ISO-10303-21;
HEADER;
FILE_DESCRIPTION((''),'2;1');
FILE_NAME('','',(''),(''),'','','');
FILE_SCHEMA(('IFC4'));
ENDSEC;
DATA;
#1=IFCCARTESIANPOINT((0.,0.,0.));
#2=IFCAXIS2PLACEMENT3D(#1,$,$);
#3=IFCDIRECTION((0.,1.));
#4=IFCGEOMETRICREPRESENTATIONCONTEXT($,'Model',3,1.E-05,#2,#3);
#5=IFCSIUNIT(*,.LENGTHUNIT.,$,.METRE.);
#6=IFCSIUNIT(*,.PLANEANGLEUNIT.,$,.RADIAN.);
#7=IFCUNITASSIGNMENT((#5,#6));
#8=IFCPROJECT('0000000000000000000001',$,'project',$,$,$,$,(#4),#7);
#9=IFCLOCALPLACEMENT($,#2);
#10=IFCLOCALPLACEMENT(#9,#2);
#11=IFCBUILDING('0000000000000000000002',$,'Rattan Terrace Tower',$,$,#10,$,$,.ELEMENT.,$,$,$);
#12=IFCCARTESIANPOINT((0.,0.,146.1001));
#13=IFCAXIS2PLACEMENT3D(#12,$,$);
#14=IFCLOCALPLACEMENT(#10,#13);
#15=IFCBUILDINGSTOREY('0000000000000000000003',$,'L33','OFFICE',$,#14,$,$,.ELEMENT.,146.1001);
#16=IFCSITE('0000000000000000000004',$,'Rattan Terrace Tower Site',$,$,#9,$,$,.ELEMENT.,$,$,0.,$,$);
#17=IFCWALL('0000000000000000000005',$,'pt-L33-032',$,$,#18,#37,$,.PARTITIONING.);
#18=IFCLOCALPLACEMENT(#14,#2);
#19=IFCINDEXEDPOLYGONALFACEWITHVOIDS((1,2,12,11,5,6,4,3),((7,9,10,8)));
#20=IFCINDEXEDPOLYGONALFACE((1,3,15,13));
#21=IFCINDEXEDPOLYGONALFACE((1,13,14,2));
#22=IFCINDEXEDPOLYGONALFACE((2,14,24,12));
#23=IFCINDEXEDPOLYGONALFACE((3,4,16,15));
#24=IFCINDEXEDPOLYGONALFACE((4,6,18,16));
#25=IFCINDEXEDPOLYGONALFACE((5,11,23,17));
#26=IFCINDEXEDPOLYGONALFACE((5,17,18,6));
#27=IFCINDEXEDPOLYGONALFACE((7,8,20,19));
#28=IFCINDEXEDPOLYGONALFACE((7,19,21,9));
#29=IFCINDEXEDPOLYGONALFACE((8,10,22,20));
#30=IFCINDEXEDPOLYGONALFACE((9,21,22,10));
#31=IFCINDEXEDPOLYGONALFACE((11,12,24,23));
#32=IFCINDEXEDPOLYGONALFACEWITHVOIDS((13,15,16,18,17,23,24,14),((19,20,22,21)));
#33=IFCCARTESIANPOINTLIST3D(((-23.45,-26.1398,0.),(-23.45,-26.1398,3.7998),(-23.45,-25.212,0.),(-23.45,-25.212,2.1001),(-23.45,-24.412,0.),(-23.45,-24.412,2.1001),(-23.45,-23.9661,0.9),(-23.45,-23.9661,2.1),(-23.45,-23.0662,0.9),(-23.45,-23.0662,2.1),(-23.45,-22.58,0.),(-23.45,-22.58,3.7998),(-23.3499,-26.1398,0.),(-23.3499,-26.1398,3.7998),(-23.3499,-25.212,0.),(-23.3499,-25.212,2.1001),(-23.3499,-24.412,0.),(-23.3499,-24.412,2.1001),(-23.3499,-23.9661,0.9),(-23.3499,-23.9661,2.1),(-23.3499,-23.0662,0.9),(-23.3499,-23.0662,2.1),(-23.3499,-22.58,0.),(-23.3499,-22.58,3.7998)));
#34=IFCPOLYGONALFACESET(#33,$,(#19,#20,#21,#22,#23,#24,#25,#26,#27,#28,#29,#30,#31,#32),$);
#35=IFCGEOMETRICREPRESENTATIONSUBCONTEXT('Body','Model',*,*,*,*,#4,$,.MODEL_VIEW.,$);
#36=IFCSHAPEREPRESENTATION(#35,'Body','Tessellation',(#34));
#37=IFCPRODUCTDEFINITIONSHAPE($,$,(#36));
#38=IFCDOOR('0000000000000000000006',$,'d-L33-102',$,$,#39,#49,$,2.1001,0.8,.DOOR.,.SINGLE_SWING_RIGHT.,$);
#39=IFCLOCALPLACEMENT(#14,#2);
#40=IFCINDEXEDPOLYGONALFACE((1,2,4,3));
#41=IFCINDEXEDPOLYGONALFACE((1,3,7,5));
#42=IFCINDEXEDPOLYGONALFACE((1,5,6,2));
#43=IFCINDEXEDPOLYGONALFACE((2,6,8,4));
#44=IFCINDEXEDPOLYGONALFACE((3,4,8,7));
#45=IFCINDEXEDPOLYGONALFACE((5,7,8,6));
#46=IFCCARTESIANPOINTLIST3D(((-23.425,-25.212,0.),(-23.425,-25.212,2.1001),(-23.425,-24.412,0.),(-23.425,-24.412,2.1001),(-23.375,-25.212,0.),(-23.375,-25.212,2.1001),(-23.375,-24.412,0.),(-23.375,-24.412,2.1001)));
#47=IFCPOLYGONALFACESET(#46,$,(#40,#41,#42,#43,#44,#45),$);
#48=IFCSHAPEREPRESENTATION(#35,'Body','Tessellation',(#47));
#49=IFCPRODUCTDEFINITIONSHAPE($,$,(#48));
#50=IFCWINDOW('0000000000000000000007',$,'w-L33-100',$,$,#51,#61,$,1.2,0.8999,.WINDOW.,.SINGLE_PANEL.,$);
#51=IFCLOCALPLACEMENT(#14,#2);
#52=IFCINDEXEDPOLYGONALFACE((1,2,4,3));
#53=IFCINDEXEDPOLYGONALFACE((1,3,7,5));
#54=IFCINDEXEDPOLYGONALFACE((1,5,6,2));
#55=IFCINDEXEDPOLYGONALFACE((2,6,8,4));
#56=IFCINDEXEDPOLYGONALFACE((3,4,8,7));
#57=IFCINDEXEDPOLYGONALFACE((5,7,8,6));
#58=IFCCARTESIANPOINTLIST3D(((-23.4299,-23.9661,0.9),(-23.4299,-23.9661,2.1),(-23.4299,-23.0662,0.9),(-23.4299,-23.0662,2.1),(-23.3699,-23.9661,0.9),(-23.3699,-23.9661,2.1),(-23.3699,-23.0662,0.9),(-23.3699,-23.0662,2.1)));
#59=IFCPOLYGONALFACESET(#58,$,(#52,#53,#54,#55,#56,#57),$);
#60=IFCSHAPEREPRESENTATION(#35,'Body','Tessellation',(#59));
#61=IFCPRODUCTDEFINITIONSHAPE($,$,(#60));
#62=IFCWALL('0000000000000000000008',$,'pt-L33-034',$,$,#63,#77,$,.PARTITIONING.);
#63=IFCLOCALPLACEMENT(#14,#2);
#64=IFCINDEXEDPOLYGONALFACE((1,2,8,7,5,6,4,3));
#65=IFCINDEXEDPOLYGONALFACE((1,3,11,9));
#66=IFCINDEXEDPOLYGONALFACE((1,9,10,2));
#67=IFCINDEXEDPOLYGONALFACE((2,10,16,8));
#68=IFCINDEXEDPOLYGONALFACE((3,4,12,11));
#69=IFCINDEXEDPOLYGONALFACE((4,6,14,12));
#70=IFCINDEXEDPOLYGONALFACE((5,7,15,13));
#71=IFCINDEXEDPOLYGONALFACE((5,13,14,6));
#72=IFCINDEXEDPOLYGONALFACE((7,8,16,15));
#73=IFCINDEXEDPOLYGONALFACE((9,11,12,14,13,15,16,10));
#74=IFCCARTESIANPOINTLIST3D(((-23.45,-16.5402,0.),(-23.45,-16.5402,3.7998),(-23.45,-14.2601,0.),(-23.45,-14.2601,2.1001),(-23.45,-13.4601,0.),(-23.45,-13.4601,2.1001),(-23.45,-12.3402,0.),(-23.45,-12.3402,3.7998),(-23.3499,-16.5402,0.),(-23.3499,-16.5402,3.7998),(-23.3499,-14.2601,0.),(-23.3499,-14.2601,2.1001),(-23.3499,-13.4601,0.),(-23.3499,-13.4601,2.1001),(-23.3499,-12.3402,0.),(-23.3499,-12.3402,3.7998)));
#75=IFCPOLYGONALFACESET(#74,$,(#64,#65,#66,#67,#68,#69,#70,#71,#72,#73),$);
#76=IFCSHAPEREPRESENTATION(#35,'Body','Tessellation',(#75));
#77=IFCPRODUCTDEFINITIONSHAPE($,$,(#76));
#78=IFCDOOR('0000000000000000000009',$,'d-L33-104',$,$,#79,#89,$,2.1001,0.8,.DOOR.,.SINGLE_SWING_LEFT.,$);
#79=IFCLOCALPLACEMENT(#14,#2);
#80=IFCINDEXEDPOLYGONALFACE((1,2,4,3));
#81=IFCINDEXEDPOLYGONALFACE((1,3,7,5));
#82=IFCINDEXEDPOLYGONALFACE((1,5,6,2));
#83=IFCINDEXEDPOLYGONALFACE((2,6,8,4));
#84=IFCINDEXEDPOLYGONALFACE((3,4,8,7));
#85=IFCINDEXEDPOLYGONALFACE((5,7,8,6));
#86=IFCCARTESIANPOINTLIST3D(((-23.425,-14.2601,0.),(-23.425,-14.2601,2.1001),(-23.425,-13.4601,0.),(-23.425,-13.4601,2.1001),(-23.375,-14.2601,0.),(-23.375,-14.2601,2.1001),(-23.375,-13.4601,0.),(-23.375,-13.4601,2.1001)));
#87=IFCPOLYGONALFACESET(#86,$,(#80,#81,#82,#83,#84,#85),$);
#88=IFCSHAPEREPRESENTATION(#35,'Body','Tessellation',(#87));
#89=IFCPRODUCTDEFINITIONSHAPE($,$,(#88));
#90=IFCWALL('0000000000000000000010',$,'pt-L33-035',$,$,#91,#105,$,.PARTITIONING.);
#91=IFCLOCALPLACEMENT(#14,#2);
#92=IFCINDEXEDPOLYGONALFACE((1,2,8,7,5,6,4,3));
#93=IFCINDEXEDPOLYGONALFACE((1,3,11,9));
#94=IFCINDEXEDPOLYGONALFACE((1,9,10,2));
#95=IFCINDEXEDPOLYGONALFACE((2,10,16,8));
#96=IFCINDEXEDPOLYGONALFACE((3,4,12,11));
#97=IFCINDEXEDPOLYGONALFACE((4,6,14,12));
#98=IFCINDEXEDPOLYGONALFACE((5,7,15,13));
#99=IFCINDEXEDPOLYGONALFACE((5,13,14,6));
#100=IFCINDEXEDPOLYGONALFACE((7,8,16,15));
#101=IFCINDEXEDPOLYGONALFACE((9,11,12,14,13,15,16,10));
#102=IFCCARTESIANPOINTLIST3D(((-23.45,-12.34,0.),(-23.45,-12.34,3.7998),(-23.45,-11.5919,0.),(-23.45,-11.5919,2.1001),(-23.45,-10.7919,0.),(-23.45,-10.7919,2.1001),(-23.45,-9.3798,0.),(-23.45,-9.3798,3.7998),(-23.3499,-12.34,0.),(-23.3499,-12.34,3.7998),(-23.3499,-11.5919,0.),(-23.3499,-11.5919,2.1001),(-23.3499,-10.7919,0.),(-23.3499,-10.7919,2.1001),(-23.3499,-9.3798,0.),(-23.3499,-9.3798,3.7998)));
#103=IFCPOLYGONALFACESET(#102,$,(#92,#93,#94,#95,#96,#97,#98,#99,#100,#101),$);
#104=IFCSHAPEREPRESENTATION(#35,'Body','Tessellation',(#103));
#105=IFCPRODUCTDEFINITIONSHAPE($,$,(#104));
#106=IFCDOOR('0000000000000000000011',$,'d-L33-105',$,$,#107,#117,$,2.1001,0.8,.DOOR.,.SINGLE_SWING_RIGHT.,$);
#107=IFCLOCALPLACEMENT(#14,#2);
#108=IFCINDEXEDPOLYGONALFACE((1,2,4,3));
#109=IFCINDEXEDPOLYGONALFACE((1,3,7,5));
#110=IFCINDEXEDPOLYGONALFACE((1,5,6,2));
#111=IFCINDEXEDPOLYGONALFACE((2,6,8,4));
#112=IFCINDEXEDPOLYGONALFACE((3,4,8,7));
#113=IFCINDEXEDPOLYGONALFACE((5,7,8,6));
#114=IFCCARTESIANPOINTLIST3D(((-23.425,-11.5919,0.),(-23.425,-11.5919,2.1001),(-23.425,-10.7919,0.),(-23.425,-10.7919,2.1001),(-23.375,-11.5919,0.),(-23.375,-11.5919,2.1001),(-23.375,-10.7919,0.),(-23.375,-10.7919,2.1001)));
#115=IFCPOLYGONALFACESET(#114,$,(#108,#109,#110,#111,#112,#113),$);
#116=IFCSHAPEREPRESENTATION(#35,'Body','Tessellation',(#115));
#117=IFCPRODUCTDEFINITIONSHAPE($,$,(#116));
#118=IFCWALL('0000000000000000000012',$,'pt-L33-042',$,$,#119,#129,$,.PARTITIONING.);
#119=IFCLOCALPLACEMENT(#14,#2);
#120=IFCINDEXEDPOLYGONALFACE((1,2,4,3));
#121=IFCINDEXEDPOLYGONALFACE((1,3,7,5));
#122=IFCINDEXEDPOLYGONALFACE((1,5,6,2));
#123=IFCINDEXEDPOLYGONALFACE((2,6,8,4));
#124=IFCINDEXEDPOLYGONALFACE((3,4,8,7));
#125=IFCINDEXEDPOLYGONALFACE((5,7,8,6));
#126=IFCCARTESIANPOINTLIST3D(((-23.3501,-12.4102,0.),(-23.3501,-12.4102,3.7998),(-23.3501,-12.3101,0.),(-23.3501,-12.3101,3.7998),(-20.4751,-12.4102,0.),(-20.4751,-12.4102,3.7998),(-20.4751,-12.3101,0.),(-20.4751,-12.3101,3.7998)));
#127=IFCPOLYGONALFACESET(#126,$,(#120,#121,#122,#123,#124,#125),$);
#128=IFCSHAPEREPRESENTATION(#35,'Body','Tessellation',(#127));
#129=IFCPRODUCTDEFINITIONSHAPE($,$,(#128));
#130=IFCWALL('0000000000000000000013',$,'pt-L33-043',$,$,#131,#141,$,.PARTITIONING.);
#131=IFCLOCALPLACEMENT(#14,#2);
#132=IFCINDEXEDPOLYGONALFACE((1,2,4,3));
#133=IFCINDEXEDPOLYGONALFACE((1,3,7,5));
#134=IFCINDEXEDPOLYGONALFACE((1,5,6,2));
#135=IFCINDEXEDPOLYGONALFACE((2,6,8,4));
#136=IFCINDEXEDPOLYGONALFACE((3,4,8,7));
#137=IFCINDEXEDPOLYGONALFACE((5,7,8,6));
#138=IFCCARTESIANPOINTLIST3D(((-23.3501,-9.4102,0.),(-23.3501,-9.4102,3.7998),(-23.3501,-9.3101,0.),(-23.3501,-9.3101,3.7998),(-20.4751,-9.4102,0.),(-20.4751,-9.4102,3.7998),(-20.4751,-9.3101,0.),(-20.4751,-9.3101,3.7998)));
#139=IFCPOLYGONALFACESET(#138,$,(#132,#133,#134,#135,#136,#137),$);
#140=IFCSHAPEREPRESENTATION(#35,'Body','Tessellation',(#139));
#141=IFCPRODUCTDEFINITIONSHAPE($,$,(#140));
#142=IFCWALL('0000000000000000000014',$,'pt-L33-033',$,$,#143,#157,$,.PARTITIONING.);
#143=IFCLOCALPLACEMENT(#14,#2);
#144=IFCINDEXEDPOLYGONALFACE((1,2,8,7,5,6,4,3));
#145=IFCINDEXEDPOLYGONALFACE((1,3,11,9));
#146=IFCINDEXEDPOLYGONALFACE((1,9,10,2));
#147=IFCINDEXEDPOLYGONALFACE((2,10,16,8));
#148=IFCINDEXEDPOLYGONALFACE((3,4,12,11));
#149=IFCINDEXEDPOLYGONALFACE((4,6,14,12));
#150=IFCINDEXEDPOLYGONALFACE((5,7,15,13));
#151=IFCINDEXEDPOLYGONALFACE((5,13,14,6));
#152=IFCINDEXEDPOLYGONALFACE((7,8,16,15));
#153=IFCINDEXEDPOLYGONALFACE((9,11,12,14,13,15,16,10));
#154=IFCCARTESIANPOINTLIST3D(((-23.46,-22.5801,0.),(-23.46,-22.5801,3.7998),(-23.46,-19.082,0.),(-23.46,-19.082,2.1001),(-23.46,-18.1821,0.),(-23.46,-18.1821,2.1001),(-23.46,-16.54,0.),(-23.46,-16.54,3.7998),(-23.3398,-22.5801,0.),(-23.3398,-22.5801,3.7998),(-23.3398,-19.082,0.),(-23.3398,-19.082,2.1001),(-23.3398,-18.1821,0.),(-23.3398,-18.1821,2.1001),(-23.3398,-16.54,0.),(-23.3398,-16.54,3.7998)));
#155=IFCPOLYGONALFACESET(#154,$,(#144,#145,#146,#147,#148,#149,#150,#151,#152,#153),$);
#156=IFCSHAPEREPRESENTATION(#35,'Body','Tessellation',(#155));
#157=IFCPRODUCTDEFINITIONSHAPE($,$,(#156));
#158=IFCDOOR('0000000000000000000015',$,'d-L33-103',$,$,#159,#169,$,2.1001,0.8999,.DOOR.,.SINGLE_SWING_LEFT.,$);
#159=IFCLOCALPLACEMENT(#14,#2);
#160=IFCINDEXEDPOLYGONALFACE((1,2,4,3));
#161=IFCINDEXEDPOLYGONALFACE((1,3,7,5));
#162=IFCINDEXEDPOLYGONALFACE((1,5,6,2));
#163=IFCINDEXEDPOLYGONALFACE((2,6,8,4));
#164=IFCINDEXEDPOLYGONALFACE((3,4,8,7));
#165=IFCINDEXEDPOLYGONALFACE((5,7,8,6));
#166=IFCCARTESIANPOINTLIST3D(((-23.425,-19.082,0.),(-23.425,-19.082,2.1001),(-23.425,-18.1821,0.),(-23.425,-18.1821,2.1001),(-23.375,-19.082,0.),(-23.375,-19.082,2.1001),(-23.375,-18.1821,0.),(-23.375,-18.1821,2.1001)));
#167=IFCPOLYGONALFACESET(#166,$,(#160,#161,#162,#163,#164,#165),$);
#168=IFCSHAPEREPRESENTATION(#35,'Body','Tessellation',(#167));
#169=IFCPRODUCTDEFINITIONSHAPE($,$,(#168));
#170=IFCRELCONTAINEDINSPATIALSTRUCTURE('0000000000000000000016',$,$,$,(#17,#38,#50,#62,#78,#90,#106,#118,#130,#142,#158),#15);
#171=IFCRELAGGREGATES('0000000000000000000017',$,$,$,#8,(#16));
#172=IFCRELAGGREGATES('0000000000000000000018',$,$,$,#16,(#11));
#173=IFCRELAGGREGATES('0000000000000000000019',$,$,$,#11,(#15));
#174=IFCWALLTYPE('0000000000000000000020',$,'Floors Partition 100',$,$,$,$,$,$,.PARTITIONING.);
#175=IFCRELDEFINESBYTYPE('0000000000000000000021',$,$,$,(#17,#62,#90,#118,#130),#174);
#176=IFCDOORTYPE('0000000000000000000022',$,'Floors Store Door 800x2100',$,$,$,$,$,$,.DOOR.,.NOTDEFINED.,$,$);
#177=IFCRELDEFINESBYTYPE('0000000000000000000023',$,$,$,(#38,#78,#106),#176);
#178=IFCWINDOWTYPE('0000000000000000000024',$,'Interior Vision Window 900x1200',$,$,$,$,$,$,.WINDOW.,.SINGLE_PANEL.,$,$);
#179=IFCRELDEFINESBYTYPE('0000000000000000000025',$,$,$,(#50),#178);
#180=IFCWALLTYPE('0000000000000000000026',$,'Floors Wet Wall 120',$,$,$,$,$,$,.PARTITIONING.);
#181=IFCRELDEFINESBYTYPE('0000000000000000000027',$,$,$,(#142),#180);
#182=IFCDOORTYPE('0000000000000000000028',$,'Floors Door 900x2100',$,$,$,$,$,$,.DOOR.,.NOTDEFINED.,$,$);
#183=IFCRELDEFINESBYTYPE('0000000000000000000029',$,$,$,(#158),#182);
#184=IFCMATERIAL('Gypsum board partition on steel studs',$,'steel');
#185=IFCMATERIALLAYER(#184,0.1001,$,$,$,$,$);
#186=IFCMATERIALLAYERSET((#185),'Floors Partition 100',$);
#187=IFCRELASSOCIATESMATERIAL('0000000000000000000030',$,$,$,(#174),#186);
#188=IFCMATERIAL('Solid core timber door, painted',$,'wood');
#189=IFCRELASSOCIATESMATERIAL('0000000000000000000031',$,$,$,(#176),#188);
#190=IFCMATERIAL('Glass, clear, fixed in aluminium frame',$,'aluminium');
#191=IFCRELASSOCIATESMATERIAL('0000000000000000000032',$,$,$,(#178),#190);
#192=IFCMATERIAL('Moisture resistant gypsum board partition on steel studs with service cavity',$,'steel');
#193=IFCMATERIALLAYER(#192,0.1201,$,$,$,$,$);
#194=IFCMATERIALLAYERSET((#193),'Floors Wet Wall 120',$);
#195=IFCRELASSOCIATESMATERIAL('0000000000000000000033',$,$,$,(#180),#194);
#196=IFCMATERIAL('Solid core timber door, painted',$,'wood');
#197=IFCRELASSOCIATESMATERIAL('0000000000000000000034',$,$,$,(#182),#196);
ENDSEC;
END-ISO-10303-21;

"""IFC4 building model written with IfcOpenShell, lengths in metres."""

from ifc_helpers import new_model, si_unit, direction, frame, frame_2d, origin, place, context, subcontext, project, spatial, rectangle, extrude, material, layer, layer_set, type_object, element, fill, save


model = new_model("IFC4")

# Units and contexts
model_context = context("Model", 3, precision=1e-05, world=origin(), true_north=direction((0.0, 1.0)))
body_context = subcontext(model_context, "Body", "Model", "MODEL_VIEW")
ifc_project = project(units=[si_unit("LENGTHUNIT", "METRE"), si_unit("PLANEANGLEUNIT", "RADIAN")], contexts=[model_context])

# Site, building, storey
site_placement = place(None, origin())
site = spatial("IfcSite", under=ifc_project, at=site_placement, Name="Rattan Terrace Tower Site", CompositionType="ELEMENT", RefElevation=0.0)
building_placement = place(site_placement, origin())
building = spatial("IfcBuilding", under=site, at=building_placement, Name="Rattan Terrace Tower", CompositionType="ELEMENT")
storey_placement = place(building_placement, frame((0.0, 0.0, 146.1001)))
storey = spatial("IfcBuildingStorey", under=building, at=storey_placement, Name="L33", Description="OFFICE", CompositionType="ELEMENT", Elevation=146.1001)

# Wall, openings, door, window
ifc_material_1 = material(Name="Gypsum board partition on steel studs", Category="steel")
ifc_layer_1 = layer(ifc_material_1, 0.1001)
ifc_layer_set_1 = layer_set([ifc_layer_1], Name="Floors Partition 100")
wall_type_1 = type_object("IfcWallType", Name="Floors Partition 100", PredefinedType="PARTITIONING", material=ifc_layer_set_1)
wall_1_placement = place(storey_placement, frame((-23.3999, -22.5801, 0.0), z_axis=(0.0, 0.0, 1.0), x_axis=(0.0, -1.0, 0.0)))
wall_1 = element("IfcWall", 1, at=wall_1_placement, inside=storey, type_object=wall_type_1, Name="pt-L33-032", PredefinedType="PARTITIONING", context=body_context, shape_type="SweptSolid", body=[
    extrude(rectangle(XDim=3.5598, YDim=0.1001, at=frame_2d((1.7798, 0.0))), origin(), (0.0, 0.0, 1.0), 3.7998),
])
opening_1_placement = place(wall_1_placement, frame((1.832, 0.0, 0.0)))
opening_1 = element("IfcOpeningElement", 2, at=opening_1_placement, cuts=wall_1, PredefinedType="OPENING", context=body_context, shape_type="SweptSolid", body=[
    extrude(rectangle(XDim=0.8, YDim=2.1001, at=frame_2d((0.3999, 1.05))), frame((0.0, 0.0605, 0.0), z_axis=(0.0, -1.0, 0.0), x_axis=(1.0, 0.0, 0.0)), (0.0, 0.0, 1.0), 0.1211),
])
opening_2_placement = place(wall_1_placement, frame((0.4861, 0.0, 0.8999)))
opening_2 = element("IfcOpeningElement", 3, at=opening_2_placement, cuts=wall_1, PredefinedType="OPENING", context=body_context, shape_type="SweptSolid", body=[
    extrude(rectangle(XDim=0.8999, YDim=1.2, at=frame_2d((0.45, 0.6001))), frame((0.0, 0.0605, 0.0), z_axis=(0.0, -1.0, 0.0), x_axis=(1.0, 0.0, 0.0)), (0.0, 0.0, 1.0), 0.1211),
])
ifc_material_2 = material(Name="Solid core timber door, painted", Category="wood")
door_type_1 = type_object("IfcDoorType", Name="Floors Store Door 800x2100", OperationType="NOTDEFINED", PredefinedType="DOOR", material=ifc_material_2)
door_1_placement = place(opening_1_placement, origin())
door_1 = element("IfcDoor", 4, at=door_1_placement, inside=storey, type_object=door_type_1, Name="d-L33-102", OperationType="SINGLE_SWING_RIGHT", OverallHeight=2.1001, OverallWidth=0.8, PredefinedType="DOOR", context=body_context, shape_type="SweptSolid", body=[
    extrude(rectangle(XDim=0.8, YDim=2.1001, at=frame_2d((0.3999, 1.05))), frame((0.0, 0.0249, 0.0), z_axis=(0.0, -1.0, 0.0), x_axis=(1.0, 0.0, 0.0)), (0.0, 0.0, 1.0), 0.05),
])
fill(opening_1, door_1)
ifc_material_3 = material(Name="Glass, clear, fixed in aluminium frame", Category="aluminium")
window_type = type_object("IfcWindowType", Name="Interior Vision Window 900x1200", PartitioningType="SINGLE_PANEL", PredefinedType="WINDOW", material=ifc_material_3)
window_placement = place(opening_2_placement, origin())
window = element("IfcWindow", 5, at=window_placement, inside=storey, type_object=window_type, Name="w-L33-100", OverallHeight=1.2, OverallWidth=0.8999, PartitioningType="SINGLE_PANEL", PredefinedType="WINDOW", context=body_context, shape_type="SweptSolid", body=[
    extrude(rectangle(XDim=0.8999, YDim=1.2, at=frame_2d((0.45, 0.6001))), frame((0.0, 0.03, 0.0), z_axis=(0.0, -1.0, 0.0), x_axis=(1.0, 0.0, 0.0)), (0.0, 0.0, 1.0), 0.0601),
])
fill(opening_2, window)

# Walls, openings, doors
wall_2_placement = place(storey_placement, frame((-23.3999, -12.3401, 0.0), z_axis=(0.0, 0.0, 1.0), x_axis=(0.0, -1.0, 0.0)))
wall_2 = element("IfcWall", 6, at=wall_2_placement, inside=storey, type_object=wall_type_1, Name="pt-L33-034", PredefinedType="PARTITIONING", context=body_context, shape_type="SweptSolid", body=[
    extrude(rectangle(XDim=4.2, YDim=0.1001, at=frame_2d((2.1001, 0.0))), origin(), (0.0, 0.0, 1.0), 3.7998),
])
opening_3_placement = place(wall_2_placement, frame((1.1201, 0.0, 0.0)))
opening_3 = element("IfcOpeningElement", 7, at=opening_3_placement, cuts=wall_2, PredefinedType="OPENING", context=body_context, shape_type="SweptSolid", body=[
    extrude(rectangle(XDim=0.8, YDim=2.1001, at=frame_2d((0.3999, 1.05))), frame((0.0, 0.0605, 0.0), z_axis=(0.0, -1.0, 0.0), x_axis=(1.0, 0.0, 0.0)), (0.0, 0.0, 1.0), 0.1211),
])
door_2_placement = place(opening_3_placement, origin())
door_2 = element("IfcDoor", 8, at=door_2_placement, inside=storey, type_object=door_type_1, Name="d-L33-104", OperationType="SINGLE_SWING_LEFT", OverallHeight=2.1001, OverallWidth=0.8, PredefinedType="DOOR", context=body_context, shape_type="SweptSolid", body=[
    extrude(rectangle(XDim=0.8, YDim=2.1001, at=frame_2d((0.3999, 1.05))), frame((0.0, 0.0249, 0.0), z_axis=(0.0, -1.0, 0.0), x_axis=(1.0, 0.0, 0.0)), (0.0, 0.0, 1.0), 0.05),
])
fill(opening_3, door_2)
wall_3_placement = place(storey_placement, frame((-23.3999, -9.3799, 0.0), z_axis=(0.0, 0.0, 1.0), x_axis=(0.0, -1.0, 0.0)))
wall_3 = element("IfcWall", 9, at=wall_3_placement, inside=storey, type_object=wall_type_1, Name="pt-L33-035", PredefinedType="PARTITIONING", context=body_context, shape_type="SweptSolid", body=[
    extrude(rectangle(XDim=2.9602, YDim=0.1001, at=frame_2d((1.48, 0.0))), origin(), (0.0, 0.0, 1.0), 3.7998),
])
opening_4_placement = place(wall_3_placement, frame((1.4121, 0.0, 0.0)))
opening_4 = element("IfcOpeningElement", 10, at=opening_4_placement, cuts=wall_3, PredefinedType="OPENING", context=body_context, shape_type="SweptSolid", body=[
    extrude(rectangle(XDim=0.8, YDim=2.1001, at=frame_2d((0.3999, 1.05))), frame((0.0, 0.0605, 0.0), z_axis=(0.0, -1.0, 0.0), x_axis=(1.0, 0.0, 0.0)), (0.0, 0.0, 1.0), 0.1211),
])
door_3_placement = place(opening_4_placement, origin())
door_3 = element("IfcDoor", 11, at=door_3_placement, inside=storey, type_object=door_type_1, Name="d-L33-105", OperationType="SINGLE_SWING_RIGHT", OverallHeight=2.1001, OverallWidth=0.8, PredefinedType="DOOR", context=body_context, shape_type="SweptSolid", body=[
    extrude(rectangle(XDim=0.8, YDim=2.1001, at=frame_2d((0.3999, 1.05))), frame((0.0, 0.0249, 0.0), z_axis=(0.0, -1.0, 0.0), x_axis=(1.0, 0.0, 0.0)), (0.0, 0.0, 1.0), 0.05),
])
fill(opening_4, door_3)

# Walls
for number, where, z_axis, x_axis, name in (
    (12, (-23.3501, -12.3601, 0.0), (0.0, 0.0, 1.0), (1.0, 0.0, 0.0), "pt-L33-042"),
    (13, (-23.3501, -9.3601, 0.0), (0.0, 0.0, 1.0), (1.0, 0.0, 0.0), "pt-L33-043"),
):
    element("IfcWall", number, at=place(storey_placement, frame(where, z_axis=z_axis, x_axis=x_axis)), inside=storey, type_object=wall_type_1, Name=name, PredefinedType="PARTITIONING", context=body_context, shape_type="SweptSolid", body=[
        extrude(rectangle(XDim=2.875, YDim=0.1001, at=frame_2d((1.4375, 0.0))), origin(), (0.0, 0.0, 1.0), 3.7998),
    ])

# Wall, opening, door
ifc_material_4 = material(Name="Moisture resistant gypsum board partition on steel studs with service cavity", Category="steel")
ifc_layer_2 = layer(ifc_material_4, 0.1201)
ifc_layer_set_2 = layer_set([ifc_layer_2], Name="Floors Wet Wall 120")
wall_type_2 = type_object("IfcWallType", Name="Floors Wet Wall 120", PredefinedType="PARTITIONING", material=ifc_layer_set_2)
wall_4_placement = place(storey_placement, frame((-23.3999, -16.54, 0.0), z_axis=(0.0, 0.0, 1.0), x_axis=(0.0, -1.0, 0.0)))
wall_4 = element("IfcWall", 14, at=wall_4_placement, inside=storey, type_object=wall_type_2, Name="pt-L33-033", PredefinedType="PARTITIONING", context=body_context, shape_type="SweptSolid", body=[
    extrude(rectangle(XDim=6.04, YDim=0.1201, at=frame_2d((3.02, 0.0))), origin(), (0.0, 0.0, 1.0), 3.7998),
])
opening_5_placement = place(wall_4_placement, frame((1.6421, 0.0, 0.0)))
opening_5 = element("IfcOpeningElement", 15, at=opening_5_placement, cuts=wall_4, PredefinedType="OPENING", context=body_context, shape_type="SweptSolid", body=[
    extrude(rectangle(XDim=0.8999, YDim=2.1001, at=frame_2d((0.45, 1.05))), frame((0.0, 0.0706, 0.0), z_axis=(0.0, -1.0, 0.0), x_axis=(1.0, 0.0, 0.0)), (0.0, 0.0, 1.0), 0.1411),
])
ifc_material_5 = material(Name="Solid core timber door, painted", Category="wood")
door_type_2 = type_object("IfcDoorType", Name="Floors Door 900x2100", OperationType="NOTDEFINED", PredefinedType="DOOR", material=ifc_material_5)
door_4_placement = place(opening_5_placement, origin())
door_4 = element("IfcDoor", 16, at=door_4_placement, inside=storey, type_object=door_type_2, Name="d-L33-103", OperationType="SINGLE_SWING_LEFT", OverallHeight=2.1001, OverallWidth=0.8999, PredefinedType="DOOR", context=body_context, shape_type="SweptSolid", body=[
    extrude(rectangle(XDim=0.8999, YDim=2.1001, at=frame_2d((0.45, 1.05))), frame((0.0, 0.0249, 0.0), z_axis=(0.0, -1.0, 0.0), x_axis=(1.0, 0.0, 0.0)), (0.0, 0.0, 1.0), 0.05),
])
fill(opening_5, door_4)

save(model, "model.ifc")
